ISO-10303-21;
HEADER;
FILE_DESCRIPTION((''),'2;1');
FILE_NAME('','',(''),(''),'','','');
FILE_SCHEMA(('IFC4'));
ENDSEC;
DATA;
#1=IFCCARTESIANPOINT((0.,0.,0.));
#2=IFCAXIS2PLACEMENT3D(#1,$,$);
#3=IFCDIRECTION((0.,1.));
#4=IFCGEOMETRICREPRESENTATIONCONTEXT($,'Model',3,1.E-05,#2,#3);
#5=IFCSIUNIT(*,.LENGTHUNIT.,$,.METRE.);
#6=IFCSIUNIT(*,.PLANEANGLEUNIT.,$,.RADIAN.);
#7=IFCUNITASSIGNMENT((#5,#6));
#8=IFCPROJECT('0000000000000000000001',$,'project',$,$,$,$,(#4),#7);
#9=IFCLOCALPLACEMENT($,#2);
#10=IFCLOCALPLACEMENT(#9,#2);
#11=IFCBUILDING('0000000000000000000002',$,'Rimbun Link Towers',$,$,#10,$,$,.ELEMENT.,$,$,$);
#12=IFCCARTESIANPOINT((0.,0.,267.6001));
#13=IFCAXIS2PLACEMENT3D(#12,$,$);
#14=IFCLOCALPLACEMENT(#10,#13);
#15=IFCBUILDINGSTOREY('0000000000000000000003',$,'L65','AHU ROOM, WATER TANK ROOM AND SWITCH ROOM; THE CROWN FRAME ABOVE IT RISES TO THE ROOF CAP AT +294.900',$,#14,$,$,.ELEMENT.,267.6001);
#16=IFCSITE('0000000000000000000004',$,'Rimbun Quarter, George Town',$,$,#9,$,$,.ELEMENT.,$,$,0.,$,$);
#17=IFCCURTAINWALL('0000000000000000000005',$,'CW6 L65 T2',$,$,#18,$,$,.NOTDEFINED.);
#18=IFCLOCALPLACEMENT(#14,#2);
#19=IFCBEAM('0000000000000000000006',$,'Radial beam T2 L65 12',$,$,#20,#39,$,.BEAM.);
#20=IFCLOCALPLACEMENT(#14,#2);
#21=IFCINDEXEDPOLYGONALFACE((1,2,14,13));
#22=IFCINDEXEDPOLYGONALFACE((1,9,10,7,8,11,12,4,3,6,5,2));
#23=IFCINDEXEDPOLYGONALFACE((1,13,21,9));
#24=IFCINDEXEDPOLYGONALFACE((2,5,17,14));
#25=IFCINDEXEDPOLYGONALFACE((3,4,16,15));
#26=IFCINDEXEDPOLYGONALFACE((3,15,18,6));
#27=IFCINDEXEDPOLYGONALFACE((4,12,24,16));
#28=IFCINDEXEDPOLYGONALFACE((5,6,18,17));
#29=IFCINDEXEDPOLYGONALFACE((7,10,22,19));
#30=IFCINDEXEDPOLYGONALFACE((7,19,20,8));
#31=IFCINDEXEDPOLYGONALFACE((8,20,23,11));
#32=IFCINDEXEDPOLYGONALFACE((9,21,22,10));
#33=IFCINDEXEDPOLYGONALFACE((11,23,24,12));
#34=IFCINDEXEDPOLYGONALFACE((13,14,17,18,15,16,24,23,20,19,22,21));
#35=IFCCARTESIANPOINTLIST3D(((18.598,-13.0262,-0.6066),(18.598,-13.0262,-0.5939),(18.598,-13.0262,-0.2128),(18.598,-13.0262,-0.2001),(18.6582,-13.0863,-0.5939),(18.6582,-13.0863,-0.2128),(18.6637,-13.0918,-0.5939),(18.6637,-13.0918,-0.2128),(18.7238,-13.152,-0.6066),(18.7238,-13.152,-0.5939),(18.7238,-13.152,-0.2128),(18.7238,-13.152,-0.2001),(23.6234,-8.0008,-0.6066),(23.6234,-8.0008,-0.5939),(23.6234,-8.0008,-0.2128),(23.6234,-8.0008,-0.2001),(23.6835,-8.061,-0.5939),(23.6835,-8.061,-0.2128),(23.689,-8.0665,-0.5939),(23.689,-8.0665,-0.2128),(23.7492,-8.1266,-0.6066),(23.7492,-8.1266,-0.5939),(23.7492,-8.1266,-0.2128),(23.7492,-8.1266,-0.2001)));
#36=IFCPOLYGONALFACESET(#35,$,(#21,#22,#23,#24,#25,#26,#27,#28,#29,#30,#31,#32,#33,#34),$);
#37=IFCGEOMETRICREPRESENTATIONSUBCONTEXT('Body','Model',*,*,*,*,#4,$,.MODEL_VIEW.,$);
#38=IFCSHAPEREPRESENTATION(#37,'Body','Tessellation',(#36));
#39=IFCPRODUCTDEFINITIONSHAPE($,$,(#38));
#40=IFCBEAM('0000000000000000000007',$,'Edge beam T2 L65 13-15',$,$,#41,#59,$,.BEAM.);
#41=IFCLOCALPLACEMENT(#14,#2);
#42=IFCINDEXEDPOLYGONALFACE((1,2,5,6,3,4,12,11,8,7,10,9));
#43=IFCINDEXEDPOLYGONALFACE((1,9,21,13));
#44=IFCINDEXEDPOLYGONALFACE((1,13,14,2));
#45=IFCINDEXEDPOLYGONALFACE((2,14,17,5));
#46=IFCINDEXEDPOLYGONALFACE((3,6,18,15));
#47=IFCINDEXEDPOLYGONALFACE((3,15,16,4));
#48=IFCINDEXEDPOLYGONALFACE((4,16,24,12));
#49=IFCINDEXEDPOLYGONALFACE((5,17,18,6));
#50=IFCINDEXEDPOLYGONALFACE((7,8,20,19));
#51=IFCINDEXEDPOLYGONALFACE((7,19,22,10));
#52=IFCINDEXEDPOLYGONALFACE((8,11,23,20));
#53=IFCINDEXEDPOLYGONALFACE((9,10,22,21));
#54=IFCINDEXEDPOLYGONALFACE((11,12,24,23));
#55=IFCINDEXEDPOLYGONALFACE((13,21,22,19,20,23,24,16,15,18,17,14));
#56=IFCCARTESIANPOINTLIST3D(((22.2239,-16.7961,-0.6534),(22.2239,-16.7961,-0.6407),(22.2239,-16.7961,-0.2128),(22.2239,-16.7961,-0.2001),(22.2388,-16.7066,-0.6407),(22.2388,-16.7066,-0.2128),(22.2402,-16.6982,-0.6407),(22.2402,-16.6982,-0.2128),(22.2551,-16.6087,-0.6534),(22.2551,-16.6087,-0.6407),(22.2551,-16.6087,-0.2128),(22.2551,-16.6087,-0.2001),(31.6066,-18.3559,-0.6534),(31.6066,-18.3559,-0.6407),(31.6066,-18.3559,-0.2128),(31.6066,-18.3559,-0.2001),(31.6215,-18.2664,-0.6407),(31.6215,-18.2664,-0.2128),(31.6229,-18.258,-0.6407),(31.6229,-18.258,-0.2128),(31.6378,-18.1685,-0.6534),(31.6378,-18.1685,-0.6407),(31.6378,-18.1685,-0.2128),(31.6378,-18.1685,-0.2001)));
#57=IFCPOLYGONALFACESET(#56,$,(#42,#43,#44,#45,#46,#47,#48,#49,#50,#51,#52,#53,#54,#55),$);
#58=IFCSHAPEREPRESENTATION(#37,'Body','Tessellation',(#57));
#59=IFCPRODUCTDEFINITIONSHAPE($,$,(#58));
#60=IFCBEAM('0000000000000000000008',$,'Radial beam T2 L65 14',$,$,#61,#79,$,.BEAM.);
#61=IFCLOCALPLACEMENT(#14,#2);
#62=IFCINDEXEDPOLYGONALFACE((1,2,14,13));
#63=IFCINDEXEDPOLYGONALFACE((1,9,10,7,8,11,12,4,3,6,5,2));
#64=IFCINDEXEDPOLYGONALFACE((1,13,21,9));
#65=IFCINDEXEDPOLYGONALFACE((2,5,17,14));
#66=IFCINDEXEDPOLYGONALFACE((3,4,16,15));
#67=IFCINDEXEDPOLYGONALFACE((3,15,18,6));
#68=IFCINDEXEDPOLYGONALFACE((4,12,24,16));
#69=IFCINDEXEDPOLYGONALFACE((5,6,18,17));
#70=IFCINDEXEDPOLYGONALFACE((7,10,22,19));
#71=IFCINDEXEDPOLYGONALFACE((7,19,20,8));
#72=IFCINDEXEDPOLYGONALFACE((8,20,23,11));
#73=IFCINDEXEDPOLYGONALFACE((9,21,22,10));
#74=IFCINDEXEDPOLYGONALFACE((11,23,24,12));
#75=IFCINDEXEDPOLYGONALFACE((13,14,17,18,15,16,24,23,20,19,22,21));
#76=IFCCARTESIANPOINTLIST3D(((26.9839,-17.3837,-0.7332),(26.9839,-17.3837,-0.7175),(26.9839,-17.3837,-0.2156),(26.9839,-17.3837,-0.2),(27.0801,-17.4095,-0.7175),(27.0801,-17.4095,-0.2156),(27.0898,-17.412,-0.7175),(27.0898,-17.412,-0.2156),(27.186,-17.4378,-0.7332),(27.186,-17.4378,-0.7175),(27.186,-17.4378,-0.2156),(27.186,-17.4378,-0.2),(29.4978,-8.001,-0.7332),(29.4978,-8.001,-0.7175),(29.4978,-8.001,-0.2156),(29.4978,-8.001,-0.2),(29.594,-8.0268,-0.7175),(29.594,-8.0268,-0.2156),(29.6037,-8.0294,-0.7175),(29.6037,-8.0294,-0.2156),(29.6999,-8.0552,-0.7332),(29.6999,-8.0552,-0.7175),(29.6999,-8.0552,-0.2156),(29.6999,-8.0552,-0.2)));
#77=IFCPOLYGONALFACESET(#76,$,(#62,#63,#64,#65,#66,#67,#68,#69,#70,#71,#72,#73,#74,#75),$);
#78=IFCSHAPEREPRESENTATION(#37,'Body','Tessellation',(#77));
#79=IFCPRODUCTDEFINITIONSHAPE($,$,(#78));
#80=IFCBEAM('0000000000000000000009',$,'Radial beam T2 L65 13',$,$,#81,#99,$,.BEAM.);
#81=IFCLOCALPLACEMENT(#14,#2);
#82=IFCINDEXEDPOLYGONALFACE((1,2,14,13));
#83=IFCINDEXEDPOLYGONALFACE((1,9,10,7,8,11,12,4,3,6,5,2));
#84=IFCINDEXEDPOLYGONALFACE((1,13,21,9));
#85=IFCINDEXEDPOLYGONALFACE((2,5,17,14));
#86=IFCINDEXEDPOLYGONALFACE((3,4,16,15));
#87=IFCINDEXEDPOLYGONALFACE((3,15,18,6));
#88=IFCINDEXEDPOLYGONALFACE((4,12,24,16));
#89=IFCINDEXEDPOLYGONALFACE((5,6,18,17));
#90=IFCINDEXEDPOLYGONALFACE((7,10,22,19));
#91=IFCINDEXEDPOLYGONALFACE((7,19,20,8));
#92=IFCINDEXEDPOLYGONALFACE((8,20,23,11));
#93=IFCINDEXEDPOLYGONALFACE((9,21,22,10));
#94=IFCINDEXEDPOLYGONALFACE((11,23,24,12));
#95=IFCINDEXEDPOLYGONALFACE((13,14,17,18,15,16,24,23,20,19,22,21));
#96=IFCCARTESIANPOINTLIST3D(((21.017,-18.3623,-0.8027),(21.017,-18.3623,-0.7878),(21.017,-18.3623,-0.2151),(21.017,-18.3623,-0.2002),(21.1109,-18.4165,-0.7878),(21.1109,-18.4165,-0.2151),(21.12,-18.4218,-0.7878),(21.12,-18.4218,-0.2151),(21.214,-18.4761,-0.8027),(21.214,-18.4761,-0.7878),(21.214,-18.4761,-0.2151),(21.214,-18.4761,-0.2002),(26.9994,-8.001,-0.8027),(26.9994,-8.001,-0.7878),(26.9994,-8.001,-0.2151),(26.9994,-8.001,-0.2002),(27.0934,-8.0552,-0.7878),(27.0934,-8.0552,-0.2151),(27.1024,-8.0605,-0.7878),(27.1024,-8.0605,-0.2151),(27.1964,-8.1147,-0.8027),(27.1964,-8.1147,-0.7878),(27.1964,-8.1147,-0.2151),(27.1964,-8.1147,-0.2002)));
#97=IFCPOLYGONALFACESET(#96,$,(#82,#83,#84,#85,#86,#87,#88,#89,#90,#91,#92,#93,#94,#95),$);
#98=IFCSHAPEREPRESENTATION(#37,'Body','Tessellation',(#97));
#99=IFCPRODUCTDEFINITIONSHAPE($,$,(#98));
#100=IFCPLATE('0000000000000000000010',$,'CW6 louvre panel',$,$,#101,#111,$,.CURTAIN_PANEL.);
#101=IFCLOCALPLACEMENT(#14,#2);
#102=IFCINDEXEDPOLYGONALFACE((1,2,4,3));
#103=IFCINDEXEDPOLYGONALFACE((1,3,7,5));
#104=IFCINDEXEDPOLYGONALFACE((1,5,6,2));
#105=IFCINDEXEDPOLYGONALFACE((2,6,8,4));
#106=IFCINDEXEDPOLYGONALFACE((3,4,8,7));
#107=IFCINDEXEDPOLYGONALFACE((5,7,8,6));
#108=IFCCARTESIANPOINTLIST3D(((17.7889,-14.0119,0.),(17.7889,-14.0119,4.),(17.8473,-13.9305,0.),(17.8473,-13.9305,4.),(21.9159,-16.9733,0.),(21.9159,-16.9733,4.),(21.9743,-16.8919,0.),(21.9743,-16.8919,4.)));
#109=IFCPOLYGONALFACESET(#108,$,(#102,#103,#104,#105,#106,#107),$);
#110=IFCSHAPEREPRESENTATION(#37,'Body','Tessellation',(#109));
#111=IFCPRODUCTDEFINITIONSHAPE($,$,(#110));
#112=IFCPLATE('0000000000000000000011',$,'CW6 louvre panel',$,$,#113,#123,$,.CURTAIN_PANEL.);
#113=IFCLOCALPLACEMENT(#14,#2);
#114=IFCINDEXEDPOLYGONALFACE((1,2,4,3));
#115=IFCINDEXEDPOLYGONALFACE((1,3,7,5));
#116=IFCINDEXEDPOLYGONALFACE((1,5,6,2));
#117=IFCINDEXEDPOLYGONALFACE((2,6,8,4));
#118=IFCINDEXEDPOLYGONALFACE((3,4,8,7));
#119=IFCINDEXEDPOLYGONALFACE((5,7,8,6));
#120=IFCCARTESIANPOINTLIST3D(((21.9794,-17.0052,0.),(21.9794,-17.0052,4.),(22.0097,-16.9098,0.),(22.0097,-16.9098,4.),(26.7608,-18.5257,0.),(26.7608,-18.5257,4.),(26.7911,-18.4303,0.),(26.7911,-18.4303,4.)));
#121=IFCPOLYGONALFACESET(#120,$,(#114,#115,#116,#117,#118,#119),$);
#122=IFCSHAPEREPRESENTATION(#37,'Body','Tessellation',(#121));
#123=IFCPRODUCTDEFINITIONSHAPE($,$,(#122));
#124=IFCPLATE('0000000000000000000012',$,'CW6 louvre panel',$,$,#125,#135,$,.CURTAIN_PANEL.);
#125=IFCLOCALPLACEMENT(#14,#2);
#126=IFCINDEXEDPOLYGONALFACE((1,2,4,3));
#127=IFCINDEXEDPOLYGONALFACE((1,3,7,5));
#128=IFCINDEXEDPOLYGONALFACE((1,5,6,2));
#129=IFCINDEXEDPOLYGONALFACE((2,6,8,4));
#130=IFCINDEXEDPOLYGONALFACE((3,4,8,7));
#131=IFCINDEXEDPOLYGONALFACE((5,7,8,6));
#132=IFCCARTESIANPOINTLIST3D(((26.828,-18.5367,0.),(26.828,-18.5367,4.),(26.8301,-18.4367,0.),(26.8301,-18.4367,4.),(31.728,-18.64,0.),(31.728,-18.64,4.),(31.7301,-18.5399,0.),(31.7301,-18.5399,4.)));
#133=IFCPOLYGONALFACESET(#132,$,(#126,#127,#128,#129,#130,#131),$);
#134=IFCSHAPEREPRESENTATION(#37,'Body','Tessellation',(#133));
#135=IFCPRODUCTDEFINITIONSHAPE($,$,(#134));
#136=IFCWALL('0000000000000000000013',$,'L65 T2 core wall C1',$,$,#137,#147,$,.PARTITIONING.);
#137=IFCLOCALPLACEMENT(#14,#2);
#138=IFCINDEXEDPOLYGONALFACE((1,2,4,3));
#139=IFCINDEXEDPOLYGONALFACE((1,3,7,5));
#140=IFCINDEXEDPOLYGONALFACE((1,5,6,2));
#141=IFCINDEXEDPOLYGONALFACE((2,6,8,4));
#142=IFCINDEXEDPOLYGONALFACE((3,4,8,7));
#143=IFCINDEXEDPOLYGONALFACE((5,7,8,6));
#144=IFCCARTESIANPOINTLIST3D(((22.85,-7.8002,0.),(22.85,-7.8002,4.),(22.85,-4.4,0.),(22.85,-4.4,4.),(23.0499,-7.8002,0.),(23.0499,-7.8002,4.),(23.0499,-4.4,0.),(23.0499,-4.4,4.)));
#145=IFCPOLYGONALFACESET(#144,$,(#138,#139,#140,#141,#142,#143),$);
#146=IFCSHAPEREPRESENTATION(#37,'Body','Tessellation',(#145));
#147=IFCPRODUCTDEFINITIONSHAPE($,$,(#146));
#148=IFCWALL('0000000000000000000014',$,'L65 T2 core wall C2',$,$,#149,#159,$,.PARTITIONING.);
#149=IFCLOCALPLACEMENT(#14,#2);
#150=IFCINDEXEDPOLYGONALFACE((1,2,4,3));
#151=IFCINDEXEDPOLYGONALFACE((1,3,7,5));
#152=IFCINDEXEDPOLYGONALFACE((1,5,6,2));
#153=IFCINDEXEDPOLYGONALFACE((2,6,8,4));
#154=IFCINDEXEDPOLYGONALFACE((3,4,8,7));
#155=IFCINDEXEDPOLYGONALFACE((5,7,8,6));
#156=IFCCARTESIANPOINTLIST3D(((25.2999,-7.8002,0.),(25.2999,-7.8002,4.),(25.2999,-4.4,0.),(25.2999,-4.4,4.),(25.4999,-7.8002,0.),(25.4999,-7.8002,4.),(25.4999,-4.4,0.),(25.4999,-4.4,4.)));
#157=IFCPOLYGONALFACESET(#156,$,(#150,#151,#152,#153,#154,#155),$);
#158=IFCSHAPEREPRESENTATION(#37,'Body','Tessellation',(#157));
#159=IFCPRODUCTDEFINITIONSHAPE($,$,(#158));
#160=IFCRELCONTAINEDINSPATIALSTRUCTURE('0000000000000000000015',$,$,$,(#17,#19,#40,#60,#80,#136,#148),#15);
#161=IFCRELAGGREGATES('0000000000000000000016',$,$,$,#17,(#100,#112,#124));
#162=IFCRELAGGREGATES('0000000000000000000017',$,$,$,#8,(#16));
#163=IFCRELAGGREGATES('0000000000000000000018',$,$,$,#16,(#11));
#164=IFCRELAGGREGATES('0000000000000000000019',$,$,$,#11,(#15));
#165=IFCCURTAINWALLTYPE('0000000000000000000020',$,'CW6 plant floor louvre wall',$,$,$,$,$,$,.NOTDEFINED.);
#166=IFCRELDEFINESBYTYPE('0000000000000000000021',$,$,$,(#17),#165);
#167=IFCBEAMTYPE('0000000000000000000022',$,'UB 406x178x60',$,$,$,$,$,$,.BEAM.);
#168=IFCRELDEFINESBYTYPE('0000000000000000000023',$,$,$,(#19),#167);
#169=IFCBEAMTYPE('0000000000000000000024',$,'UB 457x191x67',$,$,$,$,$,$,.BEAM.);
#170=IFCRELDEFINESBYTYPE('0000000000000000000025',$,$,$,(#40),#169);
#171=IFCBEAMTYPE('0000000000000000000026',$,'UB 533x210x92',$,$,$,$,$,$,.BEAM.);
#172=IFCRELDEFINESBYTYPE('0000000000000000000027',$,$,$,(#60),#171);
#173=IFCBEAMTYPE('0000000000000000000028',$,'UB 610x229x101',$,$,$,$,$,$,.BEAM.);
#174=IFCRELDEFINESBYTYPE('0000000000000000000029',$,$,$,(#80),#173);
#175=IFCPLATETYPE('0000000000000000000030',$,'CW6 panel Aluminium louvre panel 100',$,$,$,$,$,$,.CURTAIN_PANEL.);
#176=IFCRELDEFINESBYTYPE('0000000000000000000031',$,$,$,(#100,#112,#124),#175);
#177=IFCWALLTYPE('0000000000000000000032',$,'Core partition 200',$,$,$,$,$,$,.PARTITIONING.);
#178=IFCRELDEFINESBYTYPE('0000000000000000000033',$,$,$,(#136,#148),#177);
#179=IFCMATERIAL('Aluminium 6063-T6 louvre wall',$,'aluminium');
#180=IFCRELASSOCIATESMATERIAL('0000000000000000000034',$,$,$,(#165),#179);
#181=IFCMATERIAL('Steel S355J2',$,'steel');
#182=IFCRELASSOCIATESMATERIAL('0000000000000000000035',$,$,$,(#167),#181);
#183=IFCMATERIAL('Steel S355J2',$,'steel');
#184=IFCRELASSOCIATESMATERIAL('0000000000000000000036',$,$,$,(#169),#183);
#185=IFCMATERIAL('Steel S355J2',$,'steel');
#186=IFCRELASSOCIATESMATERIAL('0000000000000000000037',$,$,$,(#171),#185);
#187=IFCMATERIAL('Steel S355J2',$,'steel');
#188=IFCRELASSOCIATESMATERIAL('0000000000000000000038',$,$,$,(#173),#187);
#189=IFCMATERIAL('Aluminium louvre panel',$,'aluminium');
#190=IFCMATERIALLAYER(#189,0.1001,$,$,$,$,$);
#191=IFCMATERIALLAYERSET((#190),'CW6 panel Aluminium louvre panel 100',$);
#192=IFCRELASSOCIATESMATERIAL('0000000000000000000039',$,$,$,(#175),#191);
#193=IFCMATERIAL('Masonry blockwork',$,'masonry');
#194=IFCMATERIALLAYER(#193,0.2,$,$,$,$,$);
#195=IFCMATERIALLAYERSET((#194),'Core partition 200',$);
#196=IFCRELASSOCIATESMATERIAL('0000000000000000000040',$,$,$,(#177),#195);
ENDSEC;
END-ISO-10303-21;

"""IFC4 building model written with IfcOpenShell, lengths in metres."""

from ifc_helpers import new_model, si_unit, direction, frame, frame_2d, origin, origin_2d, place, context, subcontext, project, spatial, rectangle, i_section, extrude, material, layer, layer_set, material_profile, profile_set, type_object, element, aggregate, save


model = new_model("IFC4")

# Units and contexts
model_context = context("Model", 3, precision=1e-05, world=origin(), true_north=direction((0.0, 1.0)))
body_context = subcontext(model_context, "Body", "Model", "MODEL_VIEW")
ifc_project = project(units=[si_unit("LENGTHUNIT", "METRE"), si_unit("PLANEANGLEUNIT", "RADIAN")], contexts=[model_context])

# Site, building, storey
site_placement = place(None, origin())
site = spatial("IfcSite", under=ifc_project, at=site_placement, Name="Rimbun Quarter, George Town", CompositionType="ELEMENT", RefElevation=0.0)
building_placement = place(site_placement, origin())
building = spatial("IfcBuilding", under=site, at=building_placement, Name="Rimbun Link Towers", CompositionType="ELEMENT")
storey_placement = place(building_placement, frame((0.0, 0.0, 267.6001)))
storey = spatial("IfcBuildingStorey", under=building, at=storey_placement, Name="L65", Description="AHU ROOM, WATER TANK ROOM AND SWITCH ROOM; THE CROWN FRAME ABOVE IT RISES TO THE ROOF CAP AT +294.900", CompositionType="ELEMENT", Elevation=267.6001)

# Curtain wall
ifc_material_1 = material(Name="Aluminium 6063-T6 louvre wall", Category="aluminium")
curtain_wall_type = type_object("IfcCurtainWallType", Name="CW6 plant floor louvre wall", PredefinedType="NOTDEFINED", material=ifc_material_1)
curtain_wall_placement = place(storey_placement, origin())
curtain_wall = element("IfcCurtainWall", 1, at=curtain_wall_placement, inside=storey, type_object=curtain_wall_type, Name="CW6 L65 T2", PredefinedType="NOTDEFINED")

# Beams
ifc_material_2 = material(Name="Steel S355J2", Category="steel")
ifc_material_profile_1 = material_profile(ifc_material_2, i_section(OverallWidth=0.178, OverallDepth=0.4065, WebThickness=0.0078, FlangeThickness=0.0127, at=origin_2d()), Name="UB 406x178x60")
ifc_profile_set_1 = profile_set([ifc_material_profile_1], Name="Steel S355J2")
beam_type_1 = type_object("IfcBeamType", Name="UB 406x178x60", PredefinedType="BEAM", material=ifc_profile_set_1)
beam_1_placement = place(storey_placement, frame((23.6863, -8.0637, -0.4033), z_axis=(-0.707107, -0.707107, 0.0), x_axis=(0.707107, -0.707107, 0.0)))
element("IfcBeam", 2, at=beam_1_placement, inside=storey, type_object=beam_type_1, Name="Radial beam T2 L65 12", PredefinedType="BEAM", context=body_context, shape_type="SweptSolid", body=[
    extrude(i_section(OverallWidth=0.178, OverallDepth=0.4065, WebThickness=0.0078, FlangeThickness=0.0127, at=origin_2d()), origin(), (0.0, 0.0, 1.0), 7.1069),
])
ifc_material_3 = material(Name="Steel S355J2", Category="steel")
ifc_material_profile_2 = material_profile(ifc_material_3, i_section(OverallWidth=0.1899, OverallDepth=0.4534, WebThickness=0.0085, FlangeThickness=0.0127, at=origin_2d()), Name="UB 457x191x67")
ifc_profile_set_2 = profile_set([ifc_material_profile_2], Name="Steel S355J2")
beam_type_2 = type_object("IfcBeamType", Name="UB 457x191x67", PredefinedType="BEAM", material=ifc_profile_set_2)
beam_2_placement = place(storey_placement, frame((22.2395, -16.7024, -0.4268), z_axis=(0.986462, -0.163991, 0.0), x_axis=(0.163991, 0.986462, 0.0)))
element("IfcBeam", 3, at=beam_2_placement, inside=storey, type_object=beam_type_2, Name="Edge beam T2 L65 13-15", PredefinedType="BEAM", context=body_context, shape_type="SweptSolid", body=[
    extrude(i_section(OverallWidth=0.1899, OverallDepth=0.4534, WebThickness=0.0085, FlangeThickness=0.0127, at=origin_2d()), origin(), (0.0, 0.0, 1.0), 9.5115),
])
ifc_material_4 = material(Name="Steel S355J2", Category="steel")
ifc_material_profile_3 = material_profile(ifc_material_4, i_section(OverallWidth=0.2092, OverallDepth=0.5332, WebThickness=0.01, FlangeThickness=0.0156, at=origin_2d()), Name="UB 533x210x92")
ifc_profile_set_3 = profile_set([ifc_material_profile_3], Name="Steel S355J2")
beam_type_3 = type_object("IfcBeamType", Name="UB 533x210x92", PredefinedType="BEAM", material=ifc_profile_set_3)
beam_3_placement = place(storey_placement, frame((29.5989, -8.0281, -0.4666), z_axis=(-0.258806, -0.965929, 0.0), x_axis=(0.965929, -0.258806, 0.0)))
element("IfcBeam", 4, at=beam_3_placement, inside=storey, type_object=beam_type_3, Name="Radial beam T2 L65 14", PredefinedType="BEAM", context=body_context, shape_type="SweptSolid", body=[
    extrude(i_section(OverallWidth=0.2092, OverallDepth=0.5332, WebThickness=0.01, FlangeThickness=0.0156, at=origin_2d()), origin(), (0.0, 0.0, 1.0), 9.7136),
])
ifc_material_5 = material(Name="Steel S355J2", Category="steel")
ifc_material_profile_4 = material_profile(ifc_material_5, i_section(OverallWidth=0.2275, OverallDepth=0.6025, WebThickness=0.0105, FlangeThickness=0.0149, at=origin_2d()), Name="UB 610x229x101")
ifc_profile_set_4 = profile_set([ifc_material_profile_4], Name="Steel S355J2")
beam_type_4 = type_object("IfcBeamType", Name="UB 610x229x101", PredefinedType="BEAM", material=ifc_profile_set_4)
beam_4_placement = place(storey_placement, frame((27.0979, -8.0579, -0.5015), z_axis=(-0.500019, -0.866014, 0.0), x_axis=(0.866014, -0.500019, 0.0)))
element("IfcBeam", 5, at=beam_4_placement, inside=storey, type_object=beam_type_4, Name="Radial beam T2 L65 13", PredefinedType="BEAM", context=body_context, shape_type="SweptSolid", body=[
    extrude(i_section(OverallWidth=0.2275, OverallDepth=0.6025, WebThickness=0.0105, FlangeThickness=0.0149, at=origin_2d()), origin(), (0.0, 0.0, 1.0), 11.9644),
])

# Plates
ifc_material_6 = material(Name="Aluminium louvre panel", Category="aluminium")
ifc_layer_1 = layer(ifc_material_6, 0.1001)
ifc_layer_set_1 = layer_set([ifc_layer_1], Name="CW6 panel Aluminium louvre panel 100")
plate_type = type_object("IfcPlateType", Name="CW6 panel Aluminium louvre panel 100", PredefinedType="CURTAIN_PANEL", material=ifc_layer_set_1)
plate_1_placement = place(storey_placement, frame((19.8816, -15.4519, 0.0), z_axis=(0.0, 0.0, 1.0), x_axis=(-0.81247, 0.583003, 0.0)))
plate_1 = element("IfcPlate", 6, at=plate_1_placement, type_object=plate_type, Name="CW6 louvre panel", PredefinedType="CURTAIN_PANEL", context=body_context, shape_type="SweptSolid", body=[
    extrude(rectangle(XDim=5.0796, YDim=0.1001, at=origin_2d()), origin(), (0.0, 0.0, 1.0), 4.0),
])
plate_2_placement = place(storey_placement, frame((24.3853, -17.7178, 0.0), z_axis=(0.0, 0.0, 1.0), x_axis=(-0.952974, 0.303052, 0.0)))
plate_2 = element("IfcPlate", 7, at=plate_2_placement, type_object=plate_type, Name="CW6 louvre panel", PredefinedType="CURTAIN_PANEL", context=body_context, shape_type="SweptSolid", body=[
    extrude(rectangle(XDim=5.0173, YDim=0.1001, at=origin_2d()), origin(), (0.0, 0.0, 1.0), 4.0),
])
plate_3_placement = place(storey_placement, frame((29.2791, -18.5383, 0.0), z_axis=(0.0, 0.0, 1.0), x_axis=(-0.999778, 0.021068, 0.0)))
plate_3 = element("IfcPlate", 8, at=plate_3_placement, type_object=plate_type, Name="CW6 louvre panel", PredefinedType="CURTAIN_PANEL", context=body_context, shape_type="SweptSolid", body=[
    extrude(rectangle(XDim=4.9011, YDim=0.1001, at=origin_2d()), origin(), (0.0, 0.0, 1.0), 4.0),
])
aggregate(curtain_wall, [plate_1, plate_2, plate_3])

# Walls
ifc_material_7 = material(Name="Masonry blockwork", Category="masonry")
ifc_layer_2 = layer(ifc_material_7, 0.2)
ifc_layer_set_2 = layer_set([ifc_layer_2], Name="Core partition 200")
wall_type_1 = type_object("IfcWallType", Name="Core partition 200", PredefinedType="PARTITIONING", material=ifc_layer_set_2)
for number, where, z_axis, x_axis, name in (
    (9, (22.95, -4.3999, 0.0), (0.0, 0.0, 1.0), (0.0, -1.0, 0.0), "L65 T2 core wall C1"),
    (10, (25.3999, -4.3999, 0.0), (0.0, 0.0, 1.0), (0.0, -1.0, 0.0), "L65 T2 core wall C2"),
):
    element("IfcWall", number, at=place(storey_placement, frame(where, z_axis=z_axis, x_axis=x_axis)), inside=storey, type_object=wall_type_1, Name=name, PredefinedType="PARTITIONING", context=body_context, shape_type="SweptSolid", body=[
        extrude(rectangle(XDim=3.4001, YDim=0.2, at=frame_2d((1.7002, 0.0))), origin(), (0.0, 0.0, 1.0), 4.0),
    ])

save(model, "model.ifc")
